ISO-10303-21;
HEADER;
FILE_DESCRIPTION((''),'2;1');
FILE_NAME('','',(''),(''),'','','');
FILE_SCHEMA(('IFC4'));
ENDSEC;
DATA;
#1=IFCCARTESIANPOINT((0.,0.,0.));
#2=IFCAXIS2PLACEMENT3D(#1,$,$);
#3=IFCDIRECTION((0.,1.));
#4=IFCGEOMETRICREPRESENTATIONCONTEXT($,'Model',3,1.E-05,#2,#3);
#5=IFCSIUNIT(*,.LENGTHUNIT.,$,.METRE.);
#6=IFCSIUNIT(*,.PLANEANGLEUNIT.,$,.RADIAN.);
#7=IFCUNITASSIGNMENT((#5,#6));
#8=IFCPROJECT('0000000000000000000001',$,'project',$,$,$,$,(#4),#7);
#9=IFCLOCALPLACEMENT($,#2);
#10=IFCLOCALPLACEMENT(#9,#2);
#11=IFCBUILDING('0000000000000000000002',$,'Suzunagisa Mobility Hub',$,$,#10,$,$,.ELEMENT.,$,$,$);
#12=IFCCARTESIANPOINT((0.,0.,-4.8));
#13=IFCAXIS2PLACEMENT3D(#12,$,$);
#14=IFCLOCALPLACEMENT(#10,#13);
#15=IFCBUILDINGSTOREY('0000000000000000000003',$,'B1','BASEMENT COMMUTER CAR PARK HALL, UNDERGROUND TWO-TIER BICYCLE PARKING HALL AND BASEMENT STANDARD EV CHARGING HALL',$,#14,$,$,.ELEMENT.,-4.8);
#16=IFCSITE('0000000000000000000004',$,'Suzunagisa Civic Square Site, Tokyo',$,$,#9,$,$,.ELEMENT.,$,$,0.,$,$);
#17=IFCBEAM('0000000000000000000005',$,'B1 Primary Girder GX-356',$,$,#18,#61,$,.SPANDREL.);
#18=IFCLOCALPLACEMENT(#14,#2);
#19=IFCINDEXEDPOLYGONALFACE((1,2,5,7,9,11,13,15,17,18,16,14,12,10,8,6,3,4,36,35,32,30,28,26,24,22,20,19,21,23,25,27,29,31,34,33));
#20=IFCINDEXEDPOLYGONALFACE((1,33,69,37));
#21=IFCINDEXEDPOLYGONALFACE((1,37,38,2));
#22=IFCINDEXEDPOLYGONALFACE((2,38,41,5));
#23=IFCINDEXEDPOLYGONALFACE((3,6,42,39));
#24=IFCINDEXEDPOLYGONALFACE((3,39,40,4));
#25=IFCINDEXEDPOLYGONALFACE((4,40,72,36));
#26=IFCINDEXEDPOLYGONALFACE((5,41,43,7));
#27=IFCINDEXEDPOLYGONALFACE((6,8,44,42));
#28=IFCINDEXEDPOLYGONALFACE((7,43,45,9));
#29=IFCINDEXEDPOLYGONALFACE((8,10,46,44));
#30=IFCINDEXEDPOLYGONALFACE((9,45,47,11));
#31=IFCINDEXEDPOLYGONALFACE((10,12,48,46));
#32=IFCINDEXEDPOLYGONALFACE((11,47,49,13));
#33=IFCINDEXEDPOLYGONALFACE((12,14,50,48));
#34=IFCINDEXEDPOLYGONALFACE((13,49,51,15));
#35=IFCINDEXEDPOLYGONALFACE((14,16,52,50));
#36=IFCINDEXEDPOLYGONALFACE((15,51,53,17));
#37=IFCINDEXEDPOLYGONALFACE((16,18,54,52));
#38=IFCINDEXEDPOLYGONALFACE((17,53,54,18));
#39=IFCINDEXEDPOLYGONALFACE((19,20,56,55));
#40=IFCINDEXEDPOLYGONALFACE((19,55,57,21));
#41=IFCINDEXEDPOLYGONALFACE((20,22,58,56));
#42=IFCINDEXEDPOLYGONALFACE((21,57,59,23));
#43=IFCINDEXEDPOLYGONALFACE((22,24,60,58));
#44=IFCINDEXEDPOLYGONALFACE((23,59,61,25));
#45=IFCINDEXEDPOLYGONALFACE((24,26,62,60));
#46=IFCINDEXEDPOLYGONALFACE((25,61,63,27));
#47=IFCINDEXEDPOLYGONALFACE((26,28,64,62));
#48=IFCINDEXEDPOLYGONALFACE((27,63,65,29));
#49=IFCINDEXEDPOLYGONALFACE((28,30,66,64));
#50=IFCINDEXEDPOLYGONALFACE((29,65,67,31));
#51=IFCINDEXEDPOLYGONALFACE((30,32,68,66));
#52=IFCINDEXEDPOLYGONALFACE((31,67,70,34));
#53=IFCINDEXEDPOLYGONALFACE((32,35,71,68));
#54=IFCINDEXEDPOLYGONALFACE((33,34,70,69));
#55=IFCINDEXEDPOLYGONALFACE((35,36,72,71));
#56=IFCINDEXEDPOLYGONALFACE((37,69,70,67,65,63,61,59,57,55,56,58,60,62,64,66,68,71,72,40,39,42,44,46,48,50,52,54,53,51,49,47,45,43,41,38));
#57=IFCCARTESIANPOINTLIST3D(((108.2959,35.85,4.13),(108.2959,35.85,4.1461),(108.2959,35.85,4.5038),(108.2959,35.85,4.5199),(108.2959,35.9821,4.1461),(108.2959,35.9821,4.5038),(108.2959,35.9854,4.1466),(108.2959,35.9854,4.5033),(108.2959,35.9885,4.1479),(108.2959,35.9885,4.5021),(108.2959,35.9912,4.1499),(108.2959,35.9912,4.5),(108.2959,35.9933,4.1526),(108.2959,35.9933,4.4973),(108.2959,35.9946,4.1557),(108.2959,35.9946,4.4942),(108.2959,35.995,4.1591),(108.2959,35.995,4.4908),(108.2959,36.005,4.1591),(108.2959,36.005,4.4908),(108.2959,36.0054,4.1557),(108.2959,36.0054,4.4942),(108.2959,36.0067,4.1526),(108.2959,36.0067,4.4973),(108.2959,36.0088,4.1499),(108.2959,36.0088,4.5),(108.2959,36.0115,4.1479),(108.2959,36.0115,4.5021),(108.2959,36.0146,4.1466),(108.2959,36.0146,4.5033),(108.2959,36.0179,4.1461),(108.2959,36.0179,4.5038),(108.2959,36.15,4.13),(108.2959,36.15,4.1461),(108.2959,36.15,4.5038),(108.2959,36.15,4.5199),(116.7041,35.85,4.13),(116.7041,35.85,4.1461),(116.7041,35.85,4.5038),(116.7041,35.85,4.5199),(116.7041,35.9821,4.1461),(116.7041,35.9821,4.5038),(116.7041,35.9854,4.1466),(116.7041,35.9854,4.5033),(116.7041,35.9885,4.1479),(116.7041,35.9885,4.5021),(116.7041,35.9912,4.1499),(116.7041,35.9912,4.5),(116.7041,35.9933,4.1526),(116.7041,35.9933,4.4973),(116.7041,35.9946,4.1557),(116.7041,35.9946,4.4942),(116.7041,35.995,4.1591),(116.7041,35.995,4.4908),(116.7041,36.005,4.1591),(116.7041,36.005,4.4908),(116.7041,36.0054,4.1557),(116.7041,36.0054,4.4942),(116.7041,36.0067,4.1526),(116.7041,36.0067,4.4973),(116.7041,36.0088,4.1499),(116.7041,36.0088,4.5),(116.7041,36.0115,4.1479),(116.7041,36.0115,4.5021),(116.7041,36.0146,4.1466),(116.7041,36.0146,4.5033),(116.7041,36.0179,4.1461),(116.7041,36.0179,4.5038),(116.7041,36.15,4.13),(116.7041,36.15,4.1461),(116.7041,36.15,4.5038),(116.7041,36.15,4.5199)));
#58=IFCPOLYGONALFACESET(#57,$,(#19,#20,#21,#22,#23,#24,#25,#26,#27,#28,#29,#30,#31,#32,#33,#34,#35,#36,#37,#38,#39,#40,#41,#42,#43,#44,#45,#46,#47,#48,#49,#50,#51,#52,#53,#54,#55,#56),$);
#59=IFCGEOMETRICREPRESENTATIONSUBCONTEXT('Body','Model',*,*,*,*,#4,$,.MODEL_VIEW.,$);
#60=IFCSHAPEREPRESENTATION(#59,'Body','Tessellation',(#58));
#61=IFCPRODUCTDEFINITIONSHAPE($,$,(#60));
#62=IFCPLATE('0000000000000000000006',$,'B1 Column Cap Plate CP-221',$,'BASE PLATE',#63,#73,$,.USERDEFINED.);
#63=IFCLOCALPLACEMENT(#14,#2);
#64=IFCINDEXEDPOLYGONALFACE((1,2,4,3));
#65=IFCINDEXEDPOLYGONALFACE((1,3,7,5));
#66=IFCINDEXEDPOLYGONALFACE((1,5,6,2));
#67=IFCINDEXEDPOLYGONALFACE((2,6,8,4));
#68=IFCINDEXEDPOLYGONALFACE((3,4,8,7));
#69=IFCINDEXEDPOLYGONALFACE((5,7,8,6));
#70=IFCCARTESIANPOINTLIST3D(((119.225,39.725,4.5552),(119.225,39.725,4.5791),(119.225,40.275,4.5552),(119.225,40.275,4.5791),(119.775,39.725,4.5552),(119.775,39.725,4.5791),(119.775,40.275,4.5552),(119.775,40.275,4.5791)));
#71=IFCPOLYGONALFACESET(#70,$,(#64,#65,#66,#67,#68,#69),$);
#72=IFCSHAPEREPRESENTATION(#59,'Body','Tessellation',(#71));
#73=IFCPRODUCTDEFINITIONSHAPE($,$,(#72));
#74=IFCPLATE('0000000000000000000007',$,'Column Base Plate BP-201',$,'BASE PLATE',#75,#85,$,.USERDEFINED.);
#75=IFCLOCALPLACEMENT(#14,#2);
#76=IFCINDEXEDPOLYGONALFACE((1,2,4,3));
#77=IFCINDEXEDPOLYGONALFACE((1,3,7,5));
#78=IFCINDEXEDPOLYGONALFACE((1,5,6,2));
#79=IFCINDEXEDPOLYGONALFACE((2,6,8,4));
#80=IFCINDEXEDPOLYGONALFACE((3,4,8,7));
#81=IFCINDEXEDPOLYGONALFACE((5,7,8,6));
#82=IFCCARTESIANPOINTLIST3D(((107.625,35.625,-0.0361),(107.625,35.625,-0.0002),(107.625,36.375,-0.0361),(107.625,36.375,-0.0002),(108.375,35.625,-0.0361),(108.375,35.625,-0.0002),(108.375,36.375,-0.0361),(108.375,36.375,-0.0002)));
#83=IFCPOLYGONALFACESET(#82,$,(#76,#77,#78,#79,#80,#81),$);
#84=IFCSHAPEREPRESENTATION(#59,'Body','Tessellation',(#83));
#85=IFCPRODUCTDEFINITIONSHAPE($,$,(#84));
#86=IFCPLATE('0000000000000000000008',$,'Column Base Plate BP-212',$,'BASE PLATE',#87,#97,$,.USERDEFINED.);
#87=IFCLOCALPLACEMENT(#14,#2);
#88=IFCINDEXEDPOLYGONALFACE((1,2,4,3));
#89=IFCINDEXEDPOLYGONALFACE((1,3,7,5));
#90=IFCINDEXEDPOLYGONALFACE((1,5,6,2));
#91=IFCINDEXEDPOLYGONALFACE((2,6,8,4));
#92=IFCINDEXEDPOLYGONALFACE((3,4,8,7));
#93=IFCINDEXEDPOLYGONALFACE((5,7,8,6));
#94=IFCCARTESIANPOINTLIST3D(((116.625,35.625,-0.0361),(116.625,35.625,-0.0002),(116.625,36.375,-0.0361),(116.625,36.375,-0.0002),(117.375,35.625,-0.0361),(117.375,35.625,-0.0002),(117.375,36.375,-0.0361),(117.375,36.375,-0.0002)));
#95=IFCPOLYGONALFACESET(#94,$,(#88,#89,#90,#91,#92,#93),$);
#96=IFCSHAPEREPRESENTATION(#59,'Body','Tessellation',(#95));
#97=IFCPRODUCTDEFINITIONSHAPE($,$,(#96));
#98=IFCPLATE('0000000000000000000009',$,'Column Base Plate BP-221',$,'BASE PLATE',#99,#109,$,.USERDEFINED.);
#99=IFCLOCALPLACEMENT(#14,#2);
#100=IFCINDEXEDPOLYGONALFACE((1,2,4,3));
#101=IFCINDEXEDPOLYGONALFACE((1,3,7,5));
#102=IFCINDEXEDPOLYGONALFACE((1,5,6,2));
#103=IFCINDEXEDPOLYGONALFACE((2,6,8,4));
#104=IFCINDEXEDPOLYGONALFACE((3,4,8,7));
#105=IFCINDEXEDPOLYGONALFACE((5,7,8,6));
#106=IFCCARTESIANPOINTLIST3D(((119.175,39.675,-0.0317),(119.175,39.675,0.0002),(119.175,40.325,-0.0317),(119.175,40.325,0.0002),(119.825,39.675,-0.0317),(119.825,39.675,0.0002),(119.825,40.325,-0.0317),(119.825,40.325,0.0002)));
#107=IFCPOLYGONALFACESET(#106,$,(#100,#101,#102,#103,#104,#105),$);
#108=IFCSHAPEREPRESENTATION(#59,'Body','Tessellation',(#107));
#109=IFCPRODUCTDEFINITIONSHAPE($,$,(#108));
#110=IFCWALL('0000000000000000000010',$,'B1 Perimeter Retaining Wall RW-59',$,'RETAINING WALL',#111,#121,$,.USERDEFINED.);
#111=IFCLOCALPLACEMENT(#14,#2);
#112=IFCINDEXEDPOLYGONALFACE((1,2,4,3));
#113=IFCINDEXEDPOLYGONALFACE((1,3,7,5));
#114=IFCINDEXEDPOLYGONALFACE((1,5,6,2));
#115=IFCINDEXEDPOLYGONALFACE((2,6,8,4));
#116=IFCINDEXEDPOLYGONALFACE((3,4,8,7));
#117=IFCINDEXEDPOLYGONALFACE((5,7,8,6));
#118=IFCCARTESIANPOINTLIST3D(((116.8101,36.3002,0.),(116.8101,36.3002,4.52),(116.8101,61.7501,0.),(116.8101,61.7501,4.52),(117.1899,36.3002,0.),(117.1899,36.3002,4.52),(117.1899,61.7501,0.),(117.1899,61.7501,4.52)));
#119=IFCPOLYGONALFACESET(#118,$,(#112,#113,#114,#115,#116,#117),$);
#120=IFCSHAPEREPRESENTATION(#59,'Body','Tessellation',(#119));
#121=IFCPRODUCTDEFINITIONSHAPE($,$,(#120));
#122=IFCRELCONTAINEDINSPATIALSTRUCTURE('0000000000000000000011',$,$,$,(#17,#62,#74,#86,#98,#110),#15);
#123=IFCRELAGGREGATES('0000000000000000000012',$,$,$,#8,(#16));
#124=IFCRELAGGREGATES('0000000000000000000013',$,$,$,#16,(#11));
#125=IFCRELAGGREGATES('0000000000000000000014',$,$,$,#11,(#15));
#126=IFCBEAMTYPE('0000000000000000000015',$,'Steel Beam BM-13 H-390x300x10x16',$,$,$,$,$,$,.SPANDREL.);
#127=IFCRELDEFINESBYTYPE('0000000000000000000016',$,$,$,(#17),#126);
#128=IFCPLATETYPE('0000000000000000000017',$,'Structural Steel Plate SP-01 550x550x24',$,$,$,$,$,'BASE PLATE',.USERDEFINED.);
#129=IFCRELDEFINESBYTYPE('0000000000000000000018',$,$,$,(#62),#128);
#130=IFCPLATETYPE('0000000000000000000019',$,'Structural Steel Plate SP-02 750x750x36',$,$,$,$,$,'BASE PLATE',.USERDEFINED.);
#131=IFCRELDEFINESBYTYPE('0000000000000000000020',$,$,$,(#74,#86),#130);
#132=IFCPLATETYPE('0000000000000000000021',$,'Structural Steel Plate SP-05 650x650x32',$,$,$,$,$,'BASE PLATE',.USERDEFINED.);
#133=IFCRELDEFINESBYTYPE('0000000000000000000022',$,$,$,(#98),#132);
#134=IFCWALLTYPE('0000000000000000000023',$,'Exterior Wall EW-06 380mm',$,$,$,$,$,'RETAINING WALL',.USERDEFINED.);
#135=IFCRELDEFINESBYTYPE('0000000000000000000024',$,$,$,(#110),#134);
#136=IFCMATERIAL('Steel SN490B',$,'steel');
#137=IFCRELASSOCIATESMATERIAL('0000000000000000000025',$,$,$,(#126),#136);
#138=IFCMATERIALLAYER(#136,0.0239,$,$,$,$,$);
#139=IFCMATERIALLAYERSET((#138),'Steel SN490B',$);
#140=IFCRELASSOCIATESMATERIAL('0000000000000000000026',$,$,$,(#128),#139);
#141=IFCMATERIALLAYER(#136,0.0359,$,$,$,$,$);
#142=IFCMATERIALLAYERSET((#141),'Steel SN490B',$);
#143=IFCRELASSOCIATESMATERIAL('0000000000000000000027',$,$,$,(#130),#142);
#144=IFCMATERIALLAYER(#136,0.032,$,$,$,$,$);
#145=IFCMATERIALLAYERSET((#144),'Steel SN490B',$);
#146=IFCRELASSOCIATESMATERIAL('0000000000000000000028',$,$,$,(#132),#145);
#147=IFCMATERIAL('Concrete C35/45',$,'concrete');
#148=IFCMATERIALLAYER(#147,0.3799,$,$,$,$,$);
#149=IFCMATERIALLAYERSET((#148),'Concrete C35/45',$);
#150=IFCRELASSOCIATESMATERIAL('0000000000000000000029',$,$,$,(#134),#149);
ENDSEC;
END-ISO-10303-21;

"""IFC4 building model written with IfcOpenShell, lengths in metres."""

from ifc_helpers import new_model, si_unit, direction, frame, frame_2d, origin, origin_2d, place, context, subcontext, project, spatial, rectangle, i_section, extrude, material, layer, layer_set, material_profile, profile_set, type_object, element, save


model = new_model("IFC4")

# Units and contexts
model_context = context("Model", 3, precision=1e-05, world=origin(), true_north=direction((0.0, 1.0)))
body_context = subcontext(model_context, "Body", "Model", "MODEL_VIEW")
ifc_project = project(units=[si_unit("LENGTHUNIT", "METRE"), si_unit("PLANEANGLEUNIT", "RADIAN")], contexts=[model_context])

# Site, building, storey
site_placement = place(None, origin())
site = spatial("IfcSite", under=ifc_project, at=site_placement, Name="Suzunagisa Civic Square Site, Tokyo", CompositionType="ELEMENT", RefElevation=0.0)
building_placement = place(site_placement, origin())
building = spatial("IfcBuilding", under=site, at=building_placement, Name="Suzunagisa Mobility Hub", CompositionType="ELEMENT")
storey_placement = place(building_placement, frame((0.0, 0.0, -4.8)))
storey = spatial("IfcBuildingStorey", under=building, at=storey_placement, Name="B1", Description="BASEMENT COMMUTER CAR PARK HALL, UNDERGROUND TWO-TIER BICYCLE PARKING HALL AND BASEMENT STANDARD EV CHARGING HALL", CompositionType="ELEMENT", Elevation=-4.8)

# Shared definitions
ifc_material_1 = material(Name="Steel SN490B", Category="steel")

# Beam
ifc_material_profile_1 = material_profile(ifc_material_1, i_section(OverallWidth=0.3, OverallDepth=0.3899, WebThickness=0.01, FlangeThickness=0.0161, FilletRadius=0.0129, at=origin_2d()), Name="H-390x300x10x16")
ifc_profile_set_1 = profile_set([ifc_material_profile_1], Name="Steel SN490B")
beam_type = type_object("IfcBeamType", Name="Steel Beam BM-13 H-390x300x10x16", PredefinedType="SPANDREL", material=ifc_profile_set_1)
for number, where, z_axis, x_axis, name in (
    (1, (108.2959, 36.0, 4.325), (1.0, 0.0, 0.0), (0.0, 1.0, 0.0), "B1 Primary Girder GX-356"),
):
    element("IfcBeam", number, at=place(storey_placement, frame(where, z_axis=z_axis, x_axis=x_axis)), inside=storey, type_object=beam_type, Name=name, PredefinedType="SPANDREL", context=body_context, shape_type="SweptSolid", body=[
        extrude(i_section(OverallWidth=0.3, OverallDepth=0.3899, WebThickness=0.01, FlangeThickness=0.0161, FilletRadius=0.0129, at=origin_2d()), origin(), (0.0, 0.0, 1.0), 8.4082),
    ])

# Plates
ifc_layer_1 = layer(ifc_material_1, 0.0239)
ifc_layer_set_1 = layer_set([ifc_layer_1], Name="Steel SN490B")
plate_type_1 = type_object("IfcPlateType", Name="Structural Steel Plate SP-01 550x550x24", ElementType="BASE PLATE", PredefinedType="USERDEFINED", material=ifc_layer_set_1)
plate_1_placement = place(storey_placement, frame((119.5, 40.0, 4.5552), z_axis=(0.0, 0.0, 1.0), x_axis=(1.0, 0.0, 0.0)))
element("IfcPlate", 2, at=plate_1_placement, inside=storey, type_object=plate_type_1, Name="B1 Column Cap Plate CP-221", ObjectType="BASE PLATE", PredefinedType="USERDEFINED", context=body_context, shape_type="SweptSolid", body=[
    extrude(rectangle(XDim=0.55, YDim=0.55, at=origin_2d()), origin(), (0.0, 0.0, 1.0), 0.0239),
])
ifc_layer_2 = layer(ifc_material_1, 0.0359)
ifc_layer_set_2 = layer_set([ifc_layer_2], Name="Steel SN490B")
plate_type_2 = type_object("IfcPlateType", Name="Structural Steel Plate SP-02 750x750x36", ElementType="BASE PLATE", PredefinedType="USERDEFINED", material=ifc_layer_set_2)
for number, where, z_axis, x_axis, name in (
    (3, (108.0, 36.0, -0.0361), (0.0, 0.0, 1.0), (1.0, 0.0, 0.0), "Column Base Plate BP-201"),
    (4, (117.0, 36.0, -0.0361), (0.0, 0.0, 1.0), (1.0, 0.0, 0.0), "Column Base Plate BP-212"),
):
    element("IfcPlate", number, at=place(storey_placement, frame(where, z_axis=z_axis, x_axis=x_axis)), inside=storey, type_object=plate_type_2, Name=name, ObjectType="BASE PLATE", PredefinedType="USERDEFINED", context=body_context, shape_type="SweptSolid", body=[
        extrude(rectangle(XDim=0.75, YDim=0.75, at=origin_2d()), origin(), (0.0, 0.0, 1.0), 0.0359),
    ])
ifc_layer_3 = layer(ifc_material_1, 0.032)
ifc_layer_set_3 = layer_set([ifc_layer_3], Name="Steel SN490B")
plate_type_3 = type_object("IfcPlateType", Name="Structural Steel Plate SP-05 650x650x32", ElementType="BASE PLATE", PredefinedType="USERDEFINED", material=ifc_layer_set_3)
plate_2_placement = place(storey_placement, frame((119.5, 40.0, -0.0317), z_axis=(0.0, 0.0, 1.0), x_axis=(1.0, 0.0, 0.0)))
element("IfcPlate", 5, at=plate_2_placement, inside=storey, type_object=plate_type_3, Name="Column Base Plate BP-221", ObjectType="BASE PLATE", PredefinedType="USERDEFINED", context=body_context, shape_type="SweptSolid", body=[
    extrude(rectangle(XDim=0.6499, YDim=0.6499, at=origin_2d()), origin(), (0.0, 0.0, 1.0), 0.032),
])

# Wall
ifc_material_2 = material(Name="Concrete C35/45", Category="concrete")
ifc_layer_4 = layer(ifc_material_2, 0.3799)
ifc_layer_set_4 = layer_set([ifc_layer_4], Name="Concrete C35/45")
wall_type = type_object("IfcWallType", Name="Exterior Wall EW-06 380mm", ElementType="RETAINING WALL", PredefinedType="USERDEFINED", material=ifc_layer_set_4)
wall_placement = place(storey_placement, frame((117.0, 36.3, 0.0), z_axis=(0.0, 0.0, 1.0), x_axis=(0.0, 1.0, 0.0)))
element("IfcWall", 6, at=wall_placement, inside=storey, type_object=wall_type, Name="B1 Perimeter Retaining Wall RW-59", ObjectType="RETAINING WALL", PredefinedType="USERDEFINED", context=body_context, shape_type="SweptSolid", body=[
    extrude(rectangle(XDim=25.45, YDim=0.3799, at=frame_2d((12.7251, 0.0))), origin(), (0.0, 0.0, 1.0), 4.52),
])

save(model, "model.ifc")
